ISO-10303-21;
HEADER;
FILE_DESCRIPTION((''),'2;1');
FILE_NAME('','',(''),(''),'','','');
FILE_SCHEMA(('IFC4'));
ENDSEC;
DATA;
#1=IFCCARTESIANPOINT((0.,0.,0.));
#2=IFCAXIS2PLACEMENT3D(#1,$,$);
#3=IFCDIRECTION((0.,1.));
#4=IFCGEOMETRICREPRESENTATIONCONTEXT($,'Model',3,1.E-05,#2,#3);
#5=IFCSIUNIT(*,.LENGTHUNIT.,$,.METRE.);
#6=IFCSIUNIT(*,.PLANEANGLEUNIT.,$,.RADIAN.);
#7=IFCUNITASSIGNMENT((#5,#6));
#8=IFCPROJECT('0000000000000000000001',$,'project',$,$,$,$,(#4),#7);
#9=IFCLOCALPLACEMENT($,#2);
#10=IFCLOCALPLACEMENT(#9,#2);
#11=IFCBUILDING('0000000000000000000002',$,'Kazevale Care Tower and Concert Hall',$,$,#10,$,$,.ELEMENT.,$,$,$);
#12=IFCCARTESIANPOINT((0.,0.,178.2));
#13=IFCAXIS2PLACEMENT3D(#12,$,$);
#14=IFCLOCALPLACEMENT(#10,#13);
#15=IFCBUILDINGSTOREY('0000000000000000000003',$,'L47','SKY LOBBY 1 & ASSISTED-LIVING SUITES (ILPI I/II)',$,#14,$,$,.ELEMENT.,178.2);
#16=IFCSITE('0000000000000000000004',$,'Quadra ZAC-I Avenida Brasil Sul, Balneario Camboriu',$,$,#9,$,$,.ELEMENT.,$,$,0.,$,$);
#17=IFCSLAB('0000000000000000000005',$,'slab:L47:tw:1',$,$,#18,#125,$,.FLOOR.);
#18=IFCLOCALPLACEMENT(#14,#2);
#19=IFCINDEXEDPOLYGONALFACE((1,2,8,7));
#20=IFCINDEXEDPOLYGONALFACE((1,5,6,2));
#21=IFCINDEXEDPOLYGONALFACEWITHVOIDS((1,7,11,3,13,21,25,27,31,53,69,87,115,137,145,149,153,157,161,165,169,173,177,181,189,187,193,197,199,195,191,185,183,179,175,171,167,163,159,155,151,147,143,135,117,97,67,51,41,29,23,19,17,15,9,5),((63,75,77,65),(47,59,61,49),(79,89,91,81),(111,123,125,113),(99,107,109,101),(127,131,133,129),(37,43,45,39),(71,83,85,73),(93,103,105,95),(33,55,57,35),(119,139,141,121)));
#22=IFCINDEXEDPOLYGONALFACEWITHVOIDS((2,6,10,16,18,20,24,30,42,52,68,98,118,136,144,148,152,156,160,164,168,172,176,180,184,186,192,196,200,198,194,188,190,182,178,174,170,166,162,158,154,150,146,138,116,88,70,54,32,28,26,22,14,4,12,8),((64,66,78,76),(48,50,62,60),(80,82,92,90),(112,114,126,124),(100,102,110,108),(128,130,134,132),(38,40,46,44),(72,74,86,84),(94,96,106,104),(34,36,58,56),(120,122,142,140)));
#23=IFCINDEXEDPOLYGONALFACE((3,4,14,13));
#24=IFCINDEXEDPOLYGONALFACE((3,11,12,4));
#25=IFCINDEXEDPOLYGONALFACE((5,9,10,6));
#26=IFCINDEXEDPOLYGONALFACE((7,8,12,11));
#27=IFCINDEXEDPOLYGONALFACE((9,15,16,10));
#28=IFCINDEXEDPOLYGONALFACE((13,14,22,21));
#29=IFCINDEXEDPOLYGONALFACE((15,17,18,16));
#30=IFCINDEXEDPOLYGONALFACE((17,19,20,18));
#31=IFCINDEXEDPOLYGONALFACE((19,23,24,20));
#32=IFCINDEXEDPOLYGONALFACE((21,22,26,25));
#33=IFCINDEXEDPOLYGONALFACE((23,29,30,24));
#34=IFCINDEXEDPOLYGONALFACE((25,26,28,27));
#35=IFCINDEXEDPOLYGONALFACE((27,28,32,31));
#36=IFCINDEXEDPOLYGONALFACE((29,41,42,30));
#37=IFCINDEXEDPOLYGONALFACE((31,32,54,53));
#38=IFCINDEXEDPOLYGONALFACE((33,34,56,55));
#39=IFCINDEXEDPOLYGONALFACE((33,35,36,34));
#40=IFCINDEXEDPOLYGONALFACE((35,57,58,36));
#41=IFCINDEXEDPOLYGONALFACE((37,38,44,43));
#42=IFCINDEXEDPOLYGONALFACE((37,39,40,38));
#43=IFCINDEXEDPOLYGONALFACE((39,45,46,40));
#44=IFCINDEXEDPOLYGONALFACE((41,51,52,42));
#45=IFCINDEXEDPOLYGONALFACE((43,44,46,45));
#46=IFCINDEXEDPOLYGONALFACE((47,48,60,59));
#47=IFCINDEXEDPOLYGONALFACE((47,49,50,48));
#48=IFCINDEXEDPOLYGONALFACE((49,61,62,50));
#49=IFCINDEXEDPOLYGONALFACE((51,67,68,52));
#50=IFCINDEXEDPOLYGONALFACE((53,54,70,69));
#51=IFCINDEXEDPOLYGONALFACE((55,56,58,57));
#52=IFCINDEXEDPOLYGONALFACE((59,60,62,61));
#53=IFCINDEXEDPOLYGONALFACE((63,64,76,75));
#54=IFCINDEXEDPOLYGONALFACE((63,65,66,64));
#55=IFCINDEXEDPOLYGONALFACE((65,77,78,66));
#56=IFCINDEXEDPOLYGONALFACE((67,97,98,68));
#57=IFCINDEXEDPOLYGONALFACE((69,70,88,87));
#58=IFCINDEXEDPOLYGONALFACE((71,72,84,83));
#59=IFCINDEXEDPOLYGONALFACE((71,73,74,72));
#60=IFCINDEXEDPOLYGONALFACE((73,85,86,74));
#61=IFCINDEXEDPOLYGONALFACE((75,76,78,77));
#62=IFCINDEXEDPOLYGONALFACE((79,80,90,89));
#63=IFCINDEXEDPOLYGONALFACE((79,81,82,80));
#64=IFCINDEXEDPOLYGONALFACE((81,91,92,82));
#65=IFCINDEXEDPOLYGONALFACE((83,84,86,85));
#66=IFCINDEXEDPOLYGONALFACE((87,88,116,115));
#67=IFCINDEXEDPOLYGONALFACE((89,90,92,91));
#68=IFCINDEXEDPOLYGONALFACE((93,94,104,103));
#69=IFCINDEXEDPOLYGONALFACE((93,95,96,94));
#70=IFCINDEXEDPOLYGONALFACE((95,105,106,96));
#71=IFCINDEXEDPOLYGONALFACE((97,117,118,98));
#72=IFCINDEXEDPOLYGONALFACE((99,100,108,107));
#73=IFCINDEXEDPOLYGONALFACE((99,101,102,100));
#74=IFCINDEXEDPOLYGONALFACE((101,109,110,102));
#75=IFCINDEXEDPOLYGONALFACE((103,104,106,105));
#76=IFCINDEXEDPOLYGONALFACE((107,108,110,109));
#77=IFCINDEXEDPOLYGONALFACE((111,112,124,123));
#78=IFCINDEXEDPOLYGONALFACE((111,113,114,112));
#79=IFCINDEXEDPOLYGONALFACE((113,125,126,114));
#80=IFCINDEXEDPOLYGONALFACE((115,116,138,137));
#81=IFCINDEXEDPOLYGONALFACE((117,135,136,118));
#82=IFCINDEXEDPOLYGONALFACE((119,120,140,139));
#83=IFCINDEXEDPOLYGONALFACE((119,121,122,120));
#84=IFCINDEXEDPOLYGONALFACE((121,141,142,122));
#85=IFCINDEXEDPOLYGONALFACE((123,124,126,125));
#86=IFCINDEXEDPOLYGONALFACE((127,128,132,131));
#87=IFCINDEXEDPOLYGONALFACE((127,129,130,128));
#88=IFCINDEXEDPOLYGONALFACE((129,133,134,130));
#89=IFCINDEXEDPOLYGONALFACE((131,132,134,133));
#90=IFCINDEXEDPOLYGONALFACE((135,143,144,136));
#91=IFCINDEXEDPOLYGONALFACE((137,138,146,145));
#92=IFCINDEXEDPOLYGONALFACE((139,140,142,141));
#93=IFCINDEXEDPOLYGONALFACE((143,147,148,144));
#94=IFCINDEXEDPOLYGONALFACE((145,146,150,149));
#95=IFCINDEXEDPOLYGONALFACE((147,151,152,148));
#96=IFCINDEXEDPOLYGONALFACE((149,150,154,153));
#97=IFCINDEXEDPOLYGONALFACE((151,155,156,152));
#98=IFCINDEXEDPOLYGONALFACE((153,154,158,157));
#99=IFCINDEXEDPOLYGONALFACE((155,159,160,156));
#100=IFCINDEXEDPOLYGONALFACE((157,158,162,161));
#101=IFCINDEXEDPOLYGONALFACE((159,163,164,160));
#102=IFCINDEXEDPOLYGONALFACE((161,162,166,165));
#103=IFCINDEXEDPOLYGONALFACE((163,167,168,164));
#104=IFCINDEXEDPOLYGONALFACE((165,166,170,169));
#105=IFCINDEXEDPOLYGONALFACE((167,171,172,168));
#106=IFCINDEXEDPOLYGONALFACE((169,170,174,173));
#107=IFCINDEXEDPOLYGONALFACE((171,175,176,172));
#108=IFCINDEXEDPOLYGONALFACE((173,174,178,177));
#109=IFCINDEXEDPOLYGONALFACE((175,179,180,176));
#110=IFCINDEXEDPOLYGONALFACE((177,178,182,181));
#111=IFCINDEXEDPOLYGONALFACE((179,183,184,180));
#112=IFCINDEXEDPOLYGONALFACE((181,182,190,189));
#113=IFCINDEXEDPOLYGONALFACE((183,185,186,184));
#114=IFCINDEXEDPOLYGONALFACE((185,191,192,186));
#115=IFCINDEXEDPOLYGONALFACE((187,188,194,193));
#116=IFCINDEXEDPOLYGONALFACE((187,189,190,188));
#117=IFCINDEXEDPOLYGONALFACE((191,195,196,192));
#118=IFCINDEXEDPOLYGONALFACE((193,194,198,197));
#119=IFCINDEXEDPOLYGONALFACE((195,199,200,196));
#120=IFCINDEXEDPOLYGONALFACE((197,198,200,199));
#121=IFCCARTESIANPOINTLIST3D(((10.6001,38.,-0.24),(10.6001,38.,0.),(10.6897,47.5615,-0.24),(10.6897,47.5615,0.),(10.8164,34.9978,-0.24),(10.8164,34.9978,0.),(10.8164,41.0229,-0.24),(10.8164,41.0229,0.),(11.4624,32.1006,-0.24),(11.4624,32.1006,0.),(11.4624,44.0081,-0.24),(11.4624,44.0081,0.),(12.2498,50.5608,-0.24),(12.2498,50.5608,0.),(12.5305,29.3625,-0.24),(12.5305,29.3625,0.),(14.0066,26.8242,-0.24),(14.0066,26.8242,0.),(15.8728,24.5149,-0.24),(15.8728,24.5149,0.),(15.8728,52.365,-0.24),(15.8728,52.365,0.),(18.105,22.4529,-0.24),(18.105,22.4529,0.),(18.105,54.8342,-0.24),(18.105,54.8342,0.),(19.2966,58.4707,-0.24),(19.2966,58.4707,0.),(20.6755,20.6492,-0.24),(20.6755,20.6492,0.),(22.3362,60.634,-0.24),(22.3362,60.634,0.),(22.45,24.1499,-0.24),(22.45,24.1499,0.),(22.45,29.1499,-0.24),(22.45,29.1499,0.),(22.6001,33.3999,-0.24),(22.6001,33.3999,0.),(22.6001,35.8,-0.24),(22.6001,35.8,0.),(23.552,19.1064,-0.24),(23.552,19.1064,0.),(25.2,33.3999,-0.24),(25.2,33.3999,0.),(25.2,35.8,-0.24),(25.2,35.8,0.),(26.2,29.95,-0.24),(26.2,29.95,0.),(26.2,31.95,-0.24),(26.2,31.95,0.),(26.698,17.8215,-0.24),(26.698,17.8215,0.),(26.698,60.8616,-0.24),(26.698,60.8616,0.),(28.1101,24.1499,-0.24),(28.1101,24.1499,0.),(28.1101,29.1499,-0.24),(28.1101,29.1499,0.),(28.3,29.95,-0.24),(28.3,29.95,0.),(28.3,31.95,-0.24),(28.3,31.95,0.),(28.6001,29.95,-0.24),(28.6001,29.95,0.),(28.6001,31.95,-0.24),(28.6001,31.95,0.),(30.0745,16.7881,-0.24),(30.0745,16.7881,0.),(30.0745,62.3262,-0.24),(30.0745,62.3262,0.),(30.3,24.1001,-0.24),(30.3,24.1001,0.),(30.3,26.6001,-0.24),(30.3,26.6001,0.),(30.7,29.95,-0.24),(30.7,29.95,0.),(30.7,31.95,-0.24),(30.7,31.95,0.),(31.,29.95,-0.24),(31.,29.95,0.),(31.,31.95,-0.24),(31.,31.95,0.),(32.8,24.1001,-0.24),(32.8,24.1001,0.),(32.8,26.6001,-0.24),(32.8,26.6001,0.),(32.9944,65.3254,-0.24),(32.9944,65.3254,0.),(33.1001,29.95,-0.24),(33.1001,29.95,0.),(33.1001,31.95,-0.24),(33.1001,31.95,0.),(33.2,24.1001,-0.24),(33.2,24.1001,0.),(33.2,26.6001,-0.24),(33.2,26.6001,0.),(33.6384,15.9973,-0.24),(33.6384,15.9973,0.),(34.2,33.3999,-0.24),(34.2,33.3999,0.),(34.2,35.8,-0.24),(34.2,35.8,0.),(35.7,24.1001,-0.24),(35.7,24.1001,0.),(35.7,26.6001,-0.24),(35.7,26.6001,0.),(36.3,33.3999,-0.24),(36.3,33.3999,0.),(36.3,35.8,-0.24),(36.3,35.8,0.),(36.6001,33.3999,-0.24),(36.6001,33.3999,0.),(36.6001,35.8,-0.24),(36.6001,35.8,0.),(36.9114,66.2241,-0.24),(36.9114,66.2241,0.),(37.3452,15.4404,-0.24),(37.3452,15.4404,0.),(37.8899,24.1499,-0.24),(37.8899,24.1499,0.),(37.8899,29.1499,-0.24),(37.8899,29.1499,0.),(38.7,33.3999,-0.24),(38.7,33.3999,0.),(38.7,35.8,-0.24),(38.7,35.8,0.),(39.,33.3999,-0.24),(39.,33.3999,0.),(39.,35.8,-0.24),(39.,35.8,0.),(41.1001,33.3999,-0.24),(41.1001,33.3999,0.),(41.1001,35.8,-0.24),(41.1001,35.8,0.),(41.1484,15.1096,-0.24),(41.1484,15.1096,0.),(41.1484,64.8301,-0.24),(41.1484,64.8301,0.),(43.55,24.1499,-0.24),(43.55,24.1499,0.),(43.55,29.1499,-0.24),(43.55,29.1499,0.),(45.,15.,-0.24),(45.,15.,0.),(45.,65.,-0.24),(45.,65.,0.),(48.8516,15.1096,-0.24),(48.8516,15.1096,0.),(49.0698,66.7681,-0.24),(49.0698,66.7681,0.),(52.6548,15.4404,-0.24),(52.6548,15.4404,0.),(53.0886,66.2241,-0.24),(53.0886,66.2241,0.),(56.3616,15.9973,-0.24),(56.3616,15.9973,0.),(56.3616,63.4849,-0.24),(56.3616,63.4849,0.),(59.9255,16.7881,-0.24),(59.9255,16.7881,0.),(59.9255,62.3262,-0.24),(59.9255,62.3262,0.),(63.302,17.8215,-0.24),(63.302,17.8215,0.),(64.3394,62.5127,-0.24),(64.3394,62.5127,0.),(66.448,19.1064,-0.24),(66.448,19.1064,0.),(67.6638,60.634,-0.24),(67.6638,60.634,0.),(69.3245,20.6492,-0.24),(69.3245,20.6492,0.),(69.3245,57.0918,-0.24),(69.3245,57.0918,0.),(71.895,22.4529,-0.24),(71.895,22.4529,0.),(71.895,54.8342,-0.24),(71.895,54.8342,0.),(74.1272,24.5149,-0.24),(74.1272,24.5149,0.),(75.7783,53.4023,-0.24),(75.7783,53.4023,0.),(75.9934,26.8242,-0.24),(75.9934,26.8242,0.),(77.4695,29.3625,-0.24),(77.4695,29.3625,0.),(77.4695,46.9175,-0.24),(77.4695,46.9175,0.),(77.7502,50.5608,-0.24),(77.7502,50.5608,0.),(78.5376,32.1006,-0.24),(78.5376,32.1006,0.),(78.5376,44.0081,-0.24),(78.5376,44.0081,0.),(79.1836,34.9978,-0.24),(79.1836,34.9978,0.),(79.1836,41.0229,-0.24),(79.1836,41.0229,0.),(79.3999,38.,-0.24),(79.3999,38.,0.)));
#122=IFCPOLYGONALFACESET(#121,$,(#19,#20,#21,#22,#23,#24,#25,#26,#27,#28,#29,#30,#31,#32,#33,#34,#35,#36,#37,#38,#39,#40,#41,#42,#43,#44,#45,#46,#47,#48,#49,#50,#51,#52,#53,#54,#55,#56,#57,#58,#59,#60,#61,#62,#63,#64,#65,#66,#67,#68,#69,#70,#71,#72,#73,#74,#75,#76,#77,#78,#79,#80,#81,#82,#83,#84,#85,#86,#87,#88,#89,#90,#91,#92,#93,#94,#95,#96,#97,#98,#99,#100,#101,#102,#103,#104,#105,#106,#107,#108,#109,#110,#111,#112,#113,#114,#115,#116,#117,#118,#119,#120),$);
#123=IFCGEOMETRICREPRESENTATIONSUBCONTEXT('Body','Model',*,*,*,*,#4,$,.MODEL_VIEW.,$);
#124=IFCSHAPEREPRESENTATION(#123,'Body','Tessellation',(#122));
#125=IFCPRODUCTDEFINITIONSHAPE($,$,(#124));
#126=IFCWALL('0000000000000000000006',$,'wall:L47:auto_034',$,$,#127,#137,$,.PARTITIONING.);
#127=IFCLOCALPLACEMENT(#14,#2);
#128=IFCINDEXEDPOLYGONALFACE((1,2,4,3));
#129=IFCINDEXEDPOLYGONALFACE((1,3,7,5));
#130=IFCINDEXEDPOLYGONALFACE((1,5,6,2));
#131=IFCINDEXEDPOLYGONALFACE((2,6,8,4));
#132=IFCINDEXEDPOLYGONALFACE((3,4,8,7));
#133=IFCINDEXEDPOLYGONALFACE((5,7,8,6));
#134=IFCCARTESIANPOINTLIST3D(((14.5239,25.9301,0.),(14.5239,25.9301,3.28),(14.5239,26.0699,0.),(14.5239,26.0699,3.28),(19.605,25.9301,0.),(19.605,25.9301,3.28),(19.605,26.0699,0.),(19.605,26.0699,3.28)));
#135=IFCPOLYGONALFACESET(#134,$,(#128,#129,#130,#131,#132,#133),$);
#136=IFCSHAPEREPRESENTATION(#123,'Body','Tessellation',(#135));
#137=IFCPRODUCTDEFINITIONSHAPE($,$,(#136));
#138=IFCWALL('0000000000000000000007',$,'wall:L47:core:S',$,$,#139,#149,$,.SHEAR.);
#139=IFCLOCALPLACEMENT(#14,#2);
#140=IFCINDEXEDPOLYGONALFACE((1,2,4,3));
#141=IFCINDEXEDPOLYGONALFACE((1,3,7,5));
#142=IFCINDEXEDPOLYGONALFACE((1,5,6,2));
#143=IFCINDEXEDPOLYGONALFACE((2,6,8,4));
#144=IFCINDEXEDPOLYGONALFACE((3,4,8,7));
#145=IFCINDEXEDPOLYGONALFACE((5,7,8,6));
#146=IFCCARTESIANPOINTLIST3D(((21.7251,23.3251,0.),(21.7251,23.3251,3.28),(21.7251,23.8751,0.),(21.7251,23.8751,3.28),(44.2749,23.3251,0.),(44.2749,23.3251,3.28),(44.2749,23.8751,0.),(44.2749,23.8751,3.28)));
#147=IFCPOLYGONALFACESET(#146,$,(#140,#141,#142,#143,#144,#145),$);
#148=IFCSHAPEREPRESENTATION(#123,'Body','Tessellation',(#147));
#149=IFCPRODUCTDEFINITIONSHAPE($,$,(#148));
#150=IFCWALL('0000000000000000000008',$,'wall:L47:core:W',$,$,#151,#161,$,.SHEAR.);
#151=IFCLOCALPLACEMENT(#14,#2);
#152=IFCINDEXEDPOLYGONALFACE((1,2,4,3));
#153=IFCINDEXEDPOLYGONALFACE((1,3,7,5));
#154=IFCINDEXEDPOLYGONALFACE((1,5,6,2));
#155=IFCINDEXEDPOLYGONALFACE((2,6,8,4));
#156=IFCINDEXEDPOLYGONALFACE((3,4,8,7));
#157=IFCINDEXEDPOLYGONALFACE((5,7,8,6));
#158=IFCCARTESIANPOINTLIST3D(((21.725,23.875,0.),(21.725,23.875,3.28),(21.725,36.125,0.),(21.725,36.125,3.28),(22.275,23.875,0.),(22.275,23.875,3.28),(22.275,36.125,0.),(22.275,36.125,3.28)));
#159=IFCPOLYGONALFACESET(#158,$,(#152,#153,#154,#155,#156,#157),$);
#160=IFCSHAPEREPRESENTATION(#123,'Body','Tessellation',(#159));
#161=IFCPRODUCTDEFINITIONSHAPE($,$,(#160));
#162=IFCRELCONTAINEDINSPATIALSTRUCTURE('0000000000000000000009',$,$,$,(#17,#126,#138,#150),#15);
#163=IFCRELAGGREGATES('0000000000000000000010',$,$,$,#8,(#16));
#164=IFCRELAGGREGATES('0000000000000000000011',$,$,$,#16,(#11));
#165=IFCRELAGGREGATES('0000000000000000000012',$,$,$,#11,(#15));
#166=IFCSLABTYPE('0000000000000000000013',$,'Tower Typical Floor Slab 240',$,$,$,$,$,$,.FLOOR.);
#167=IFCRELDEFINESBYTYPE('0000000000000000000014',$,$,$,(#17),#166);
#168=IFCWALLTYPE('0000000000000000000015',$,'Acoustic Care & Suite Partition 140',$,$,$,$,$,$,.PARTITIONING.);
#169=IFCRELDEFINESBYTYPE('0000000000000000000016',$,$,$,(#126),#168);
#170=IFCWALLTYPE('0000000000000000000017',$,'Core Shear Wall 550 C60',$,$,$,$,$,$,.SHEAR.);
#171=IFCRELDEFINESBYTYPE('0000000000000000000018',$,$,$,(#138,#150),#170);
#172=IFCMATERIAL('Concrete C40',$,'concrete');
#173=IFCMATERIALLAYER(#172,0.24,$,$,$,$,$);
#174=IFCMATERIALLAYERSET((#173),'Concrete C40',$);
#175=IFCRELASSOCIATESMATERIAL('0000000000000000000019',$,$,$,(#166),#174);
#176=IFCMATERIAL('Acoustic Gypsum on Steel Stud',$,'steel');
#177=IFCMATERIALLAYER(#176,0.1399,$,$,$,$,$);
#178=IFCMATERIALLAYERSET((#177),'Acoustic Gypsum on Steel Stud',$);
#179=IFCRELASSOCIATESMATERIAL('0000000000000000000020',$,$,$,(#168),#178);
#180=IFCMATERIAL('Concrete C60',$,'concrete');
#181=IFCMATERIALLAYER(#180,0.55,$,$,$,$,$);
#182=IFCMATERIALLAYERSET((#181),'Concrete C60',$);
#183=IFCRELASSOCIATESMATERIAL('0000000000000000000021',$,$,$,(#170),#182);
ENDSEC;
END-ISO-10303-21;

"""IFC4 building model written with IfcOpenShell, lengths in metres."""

from ifc_helpers import new_model, si_unit, direction, frame, frame_2d, origin, place, context, subcontext, project, spatial, polyline, rectangle, outline, extrude, material, layer, layer_set, type_object, element, save


model = new_model("IFC4")

# Units and contexts
model_context = context("Model", 3, precision=1e-05, world=origin(), true_north=direction((0.0, 1.0)))
body_context = subcontext(model_context, "Body", "Model", "MODEL_VIEW")
ifc_project = project(units=[si_unit("LENGTHUNIT", "METRE"), si_unit("PLANEANGLEUNIT", "RADIAN")], contexts=[model_context])

# Site, building, storey
site_placement = place(None, origin())
site = spatial("IfcSite", under=ifc_project, at=site_placement, Name="Quadra ZAC-I Avenida Brasil Sul, Balneario Camboriu", CompositionType="ELEMENT", RefElevation=0.0)
building_placement = place(site_placement, origin())
building = spatial("IfcBuilding", under=site, at=building_placement, Name="Kazevale Care Tower and Concert Hall", CompositionType="ELEMENT")
storey_placement = place(building_placement, frame((0.0, 0.0, 178.2)))
storey = spatial("IfcBuildingStorey", under=building, at=storey_placement, Name="L47", Description="SKY LOBBY 1 & ASSISTED-LIVING SUITES (ILPI I/II)", CompositionType="ELEMENT", Elevation=178.2)

# Shared definitions
ifc_material_1 = material(Name="Concrete C60", Category="concrete")

# Shared definitions
ifc_material_2 = material(Name="Concrete C40", Category="concrete")

# Slab
ifc_layer_1 = layer(ifc_material_2, 0.24)
ifc_layer_set_1 = layer_set([ifc_layer_1], Name="Concrete C40")
slab_type_1 = type_object("IfcSlabType", Name="Tower Typical Floor Slab 240", PredefinedType="FLOOR", material=ifc_layer_set_1)
slab_1_placement = place(storey_placement, frame((0.0, 0.0, -0.24)))
element("IfcSlab", 1, at=slab_1_placement, inside=storey, type_object=slab_type_1, Name="slab:L47:tw:1", PredefinedType="FLOOR", context=body_context, shape_type="SweptSolid", body=[
    extrude(outline(polyline([(79.3999, 38.0), (79.1836, 41.0229), (78.5376, 44.0081), (77.4695, 46.9175), (77.7502, 50.5608), (75.7783, 53.4023), (71.895, 54.8342), (69.3245, 57.0918), (67.6638, 60.634), (64.3394, 62.5127), (59.9255, 62.3262), (56.3616, 63.4849), (53.0886, 66.2241), (49.0698, 66.7681), (45.0, 65.0), (41.1484, 64.8301), (36.9114, 66.2241), (32.9944, 65.3254), (30.0745, 62.3262), (26.698, 60.8616), (22.3362, 60.634), (19.2966, 58.4707), (18.105, 54.8342), (15.8728, 52.365), (12.2498, 50.5608), (10.6897, 47.5615), (11.4624, 44.0081), (10.8164, 41.0229), (10.6001, 38.0), (10.8164, 34.9978), (11.4624, 32.1006), (12.5305, 29.3625), (14.0066, 26.8242), (15.8728, 24.5149), (18.105, 22.4529), (20.6755, 20.6492), (23.552, 19.1064), (26.698, 17.8215), (30.0745, 16.7881), (33.6384, 15.9973), (37.3452, 15.4404), (41.1484, 15.1096), (45.0, 15.0), (48.8516, 15.1096), (52.6548, 15.4404), (56.3616, 15.9973), (59.9255, 16.7881), (63.302, 17.8215), (66.448, 19.1064), (69.3245, 20.6492), (71.895, 22.4529), (74.1272, 24.5149), (75.9934, 26.8242), (77.4695, 29.3625), (78.5376, 32.1006), (79.1836, 34.9978), (79.3999, 38.0)]), holes=[polyline([(22.45, 24.1499), (28.1101, 24.1499), (28.1101, 29.1499), (22.45, 29.1499), (22.45, 24.1499)]), polyline([(37.8899, 24.1499), (43.55, 24.1499), (43.55, 29.1499), (37.8899, 29.1499), (37.8899, 24.1499)]), polyline([(30.3, 24.1001), (32.8, 24.1001), (32.8, 26.6001), (30.3, 26.6001), (30.3, 24.1001)]), polyline([(33.2, 24.1001), (35.7, 24.1001), (35.7, 26.6001), (33.2, 26.6001), (33.2, 24.1001)]), polyline([(22.6001, 33.3999), (25.2, 33.3999), (25.2, 35.8), (22.6001, 35.8), (22.6001, 33.3999)]), polyline([(34.2, 33.3999), (36.3, 33.3999), (36.3, 35.8), (34.2, 35.8), (34.2, 33.3999)]), polyline([(36.6001, 33.3999), (38.7, 33.3999), (38.7, 35.8), (36.6001, 35.8), (36.6001, 33.3999)]), polyline([(39.0, 33.3999), (41.1001, 33.3999), (41.1001, 35.8), (39.0, 35.8), (39.0, 33.3999)]), polyline([(26.2, 29.95), (28.3, 29.95), (28.3, 31.95), (26.2, 31.95), (26.2, 29.95)]), polyline([(28.6001, 29.95), (30.7, 29.95), (30.7, 31.95), (28.6001, 31.95), (28.6001, 29.95)]), polyline([(31.0, 29.95), (33.1001, 29.95), (33.1001, 31.95), (31.0, 31.95), (31.0, 29.95)])]), origin(), (0.0, 0.0, 1.0), 0.24),
])

# Walls
ifc_material_3 = material(Name="Acoustic Gypsum on Steel Stud", Category="steel")
ifc_layer_2 = layer(ifc_material_3, 0.1399)
ifc_layer_set_2 = layer_set([ifc_layer_2], Name="Acoustic Gypsum on Steel Stud")
wall_type_1 = type_object("IfcWallType", Name="Acoustic Care & Suite Partition 140", PredefinedType="PARTITIONING", material=ifc_layer_set_2)
wall_1_placement = place(storey_placement, frame((14.5239, 26.0, 0.0), z_axis=(0.0, 0.0, 1.0), x_axis=(1.0, 0.0, 0.0)))
element("IfcWall", 2, at=wall_1_placement, inside=storey, type_object=wall_type_1, Name="wall:L47:auto_034", PredefinedType="PARTITIONING", context=body_context, shape_type="SweptSolid", body=[
    extrude(rectangle(XDim=5.0811, YDim=0.1399, at=frame_2d((2.5405, 0.0))), origin(), (0.0, 0.0, 1.0), 3.28),
])
ifc_layer_3 = layer(ifc_material_1, 0.55)
ifc_layer_set_3 = layer_set([ifc_layer_3], Name="Concrete C60")
wall_type_2 = type_object("IfcWallType", Name="Core Shear Wall 550 C60", PredefinedType="SHEAR", material=ifc_layer_set_3)
wall_2_placement = place(storey_placement, frame((21.7251, 23.6001, 0.0), z_axis=(0.0, 0.0, 1.0), x_axis=(1.0, 0.0, 0.0)))
element("IfcWall", 3, at=wall_2_placement, inside=storey, type_object=wall_type_2, Name="wall:L47:core:S", PredefinedType="SHEAR", context=body_context, shape_type="SweptSolid", body=[
    extrude(rectangle(XDim=22.5498, YDim=0.55, at=frame_2d((11.2749, 0.0))), origin(), (0.0, 0.0, 1.0), 3.28),
])
wall_3_placement = place(storey_placement, frame((22.0, 23.875, 0.0), z_axis=(0.0, 0.0, 1.0), x_axis=(0.0, 1.0, 0.0)))
element("IfcWall", 4, at=wall_3_placement, inside=storey, type_object=wall_type_2, Name="wall:L47:core:W", PredefinedType="SHEAR", context=body_context, shape_type="SweptSolid", body=[
    extrude(rectangle(XDim=12.25, YDim=0.55, at=frame_2d((6.125, 0.0))), origin(), (0.0, 0.0, 1.0), 3.28),
])

save(model, "model.ifc")
